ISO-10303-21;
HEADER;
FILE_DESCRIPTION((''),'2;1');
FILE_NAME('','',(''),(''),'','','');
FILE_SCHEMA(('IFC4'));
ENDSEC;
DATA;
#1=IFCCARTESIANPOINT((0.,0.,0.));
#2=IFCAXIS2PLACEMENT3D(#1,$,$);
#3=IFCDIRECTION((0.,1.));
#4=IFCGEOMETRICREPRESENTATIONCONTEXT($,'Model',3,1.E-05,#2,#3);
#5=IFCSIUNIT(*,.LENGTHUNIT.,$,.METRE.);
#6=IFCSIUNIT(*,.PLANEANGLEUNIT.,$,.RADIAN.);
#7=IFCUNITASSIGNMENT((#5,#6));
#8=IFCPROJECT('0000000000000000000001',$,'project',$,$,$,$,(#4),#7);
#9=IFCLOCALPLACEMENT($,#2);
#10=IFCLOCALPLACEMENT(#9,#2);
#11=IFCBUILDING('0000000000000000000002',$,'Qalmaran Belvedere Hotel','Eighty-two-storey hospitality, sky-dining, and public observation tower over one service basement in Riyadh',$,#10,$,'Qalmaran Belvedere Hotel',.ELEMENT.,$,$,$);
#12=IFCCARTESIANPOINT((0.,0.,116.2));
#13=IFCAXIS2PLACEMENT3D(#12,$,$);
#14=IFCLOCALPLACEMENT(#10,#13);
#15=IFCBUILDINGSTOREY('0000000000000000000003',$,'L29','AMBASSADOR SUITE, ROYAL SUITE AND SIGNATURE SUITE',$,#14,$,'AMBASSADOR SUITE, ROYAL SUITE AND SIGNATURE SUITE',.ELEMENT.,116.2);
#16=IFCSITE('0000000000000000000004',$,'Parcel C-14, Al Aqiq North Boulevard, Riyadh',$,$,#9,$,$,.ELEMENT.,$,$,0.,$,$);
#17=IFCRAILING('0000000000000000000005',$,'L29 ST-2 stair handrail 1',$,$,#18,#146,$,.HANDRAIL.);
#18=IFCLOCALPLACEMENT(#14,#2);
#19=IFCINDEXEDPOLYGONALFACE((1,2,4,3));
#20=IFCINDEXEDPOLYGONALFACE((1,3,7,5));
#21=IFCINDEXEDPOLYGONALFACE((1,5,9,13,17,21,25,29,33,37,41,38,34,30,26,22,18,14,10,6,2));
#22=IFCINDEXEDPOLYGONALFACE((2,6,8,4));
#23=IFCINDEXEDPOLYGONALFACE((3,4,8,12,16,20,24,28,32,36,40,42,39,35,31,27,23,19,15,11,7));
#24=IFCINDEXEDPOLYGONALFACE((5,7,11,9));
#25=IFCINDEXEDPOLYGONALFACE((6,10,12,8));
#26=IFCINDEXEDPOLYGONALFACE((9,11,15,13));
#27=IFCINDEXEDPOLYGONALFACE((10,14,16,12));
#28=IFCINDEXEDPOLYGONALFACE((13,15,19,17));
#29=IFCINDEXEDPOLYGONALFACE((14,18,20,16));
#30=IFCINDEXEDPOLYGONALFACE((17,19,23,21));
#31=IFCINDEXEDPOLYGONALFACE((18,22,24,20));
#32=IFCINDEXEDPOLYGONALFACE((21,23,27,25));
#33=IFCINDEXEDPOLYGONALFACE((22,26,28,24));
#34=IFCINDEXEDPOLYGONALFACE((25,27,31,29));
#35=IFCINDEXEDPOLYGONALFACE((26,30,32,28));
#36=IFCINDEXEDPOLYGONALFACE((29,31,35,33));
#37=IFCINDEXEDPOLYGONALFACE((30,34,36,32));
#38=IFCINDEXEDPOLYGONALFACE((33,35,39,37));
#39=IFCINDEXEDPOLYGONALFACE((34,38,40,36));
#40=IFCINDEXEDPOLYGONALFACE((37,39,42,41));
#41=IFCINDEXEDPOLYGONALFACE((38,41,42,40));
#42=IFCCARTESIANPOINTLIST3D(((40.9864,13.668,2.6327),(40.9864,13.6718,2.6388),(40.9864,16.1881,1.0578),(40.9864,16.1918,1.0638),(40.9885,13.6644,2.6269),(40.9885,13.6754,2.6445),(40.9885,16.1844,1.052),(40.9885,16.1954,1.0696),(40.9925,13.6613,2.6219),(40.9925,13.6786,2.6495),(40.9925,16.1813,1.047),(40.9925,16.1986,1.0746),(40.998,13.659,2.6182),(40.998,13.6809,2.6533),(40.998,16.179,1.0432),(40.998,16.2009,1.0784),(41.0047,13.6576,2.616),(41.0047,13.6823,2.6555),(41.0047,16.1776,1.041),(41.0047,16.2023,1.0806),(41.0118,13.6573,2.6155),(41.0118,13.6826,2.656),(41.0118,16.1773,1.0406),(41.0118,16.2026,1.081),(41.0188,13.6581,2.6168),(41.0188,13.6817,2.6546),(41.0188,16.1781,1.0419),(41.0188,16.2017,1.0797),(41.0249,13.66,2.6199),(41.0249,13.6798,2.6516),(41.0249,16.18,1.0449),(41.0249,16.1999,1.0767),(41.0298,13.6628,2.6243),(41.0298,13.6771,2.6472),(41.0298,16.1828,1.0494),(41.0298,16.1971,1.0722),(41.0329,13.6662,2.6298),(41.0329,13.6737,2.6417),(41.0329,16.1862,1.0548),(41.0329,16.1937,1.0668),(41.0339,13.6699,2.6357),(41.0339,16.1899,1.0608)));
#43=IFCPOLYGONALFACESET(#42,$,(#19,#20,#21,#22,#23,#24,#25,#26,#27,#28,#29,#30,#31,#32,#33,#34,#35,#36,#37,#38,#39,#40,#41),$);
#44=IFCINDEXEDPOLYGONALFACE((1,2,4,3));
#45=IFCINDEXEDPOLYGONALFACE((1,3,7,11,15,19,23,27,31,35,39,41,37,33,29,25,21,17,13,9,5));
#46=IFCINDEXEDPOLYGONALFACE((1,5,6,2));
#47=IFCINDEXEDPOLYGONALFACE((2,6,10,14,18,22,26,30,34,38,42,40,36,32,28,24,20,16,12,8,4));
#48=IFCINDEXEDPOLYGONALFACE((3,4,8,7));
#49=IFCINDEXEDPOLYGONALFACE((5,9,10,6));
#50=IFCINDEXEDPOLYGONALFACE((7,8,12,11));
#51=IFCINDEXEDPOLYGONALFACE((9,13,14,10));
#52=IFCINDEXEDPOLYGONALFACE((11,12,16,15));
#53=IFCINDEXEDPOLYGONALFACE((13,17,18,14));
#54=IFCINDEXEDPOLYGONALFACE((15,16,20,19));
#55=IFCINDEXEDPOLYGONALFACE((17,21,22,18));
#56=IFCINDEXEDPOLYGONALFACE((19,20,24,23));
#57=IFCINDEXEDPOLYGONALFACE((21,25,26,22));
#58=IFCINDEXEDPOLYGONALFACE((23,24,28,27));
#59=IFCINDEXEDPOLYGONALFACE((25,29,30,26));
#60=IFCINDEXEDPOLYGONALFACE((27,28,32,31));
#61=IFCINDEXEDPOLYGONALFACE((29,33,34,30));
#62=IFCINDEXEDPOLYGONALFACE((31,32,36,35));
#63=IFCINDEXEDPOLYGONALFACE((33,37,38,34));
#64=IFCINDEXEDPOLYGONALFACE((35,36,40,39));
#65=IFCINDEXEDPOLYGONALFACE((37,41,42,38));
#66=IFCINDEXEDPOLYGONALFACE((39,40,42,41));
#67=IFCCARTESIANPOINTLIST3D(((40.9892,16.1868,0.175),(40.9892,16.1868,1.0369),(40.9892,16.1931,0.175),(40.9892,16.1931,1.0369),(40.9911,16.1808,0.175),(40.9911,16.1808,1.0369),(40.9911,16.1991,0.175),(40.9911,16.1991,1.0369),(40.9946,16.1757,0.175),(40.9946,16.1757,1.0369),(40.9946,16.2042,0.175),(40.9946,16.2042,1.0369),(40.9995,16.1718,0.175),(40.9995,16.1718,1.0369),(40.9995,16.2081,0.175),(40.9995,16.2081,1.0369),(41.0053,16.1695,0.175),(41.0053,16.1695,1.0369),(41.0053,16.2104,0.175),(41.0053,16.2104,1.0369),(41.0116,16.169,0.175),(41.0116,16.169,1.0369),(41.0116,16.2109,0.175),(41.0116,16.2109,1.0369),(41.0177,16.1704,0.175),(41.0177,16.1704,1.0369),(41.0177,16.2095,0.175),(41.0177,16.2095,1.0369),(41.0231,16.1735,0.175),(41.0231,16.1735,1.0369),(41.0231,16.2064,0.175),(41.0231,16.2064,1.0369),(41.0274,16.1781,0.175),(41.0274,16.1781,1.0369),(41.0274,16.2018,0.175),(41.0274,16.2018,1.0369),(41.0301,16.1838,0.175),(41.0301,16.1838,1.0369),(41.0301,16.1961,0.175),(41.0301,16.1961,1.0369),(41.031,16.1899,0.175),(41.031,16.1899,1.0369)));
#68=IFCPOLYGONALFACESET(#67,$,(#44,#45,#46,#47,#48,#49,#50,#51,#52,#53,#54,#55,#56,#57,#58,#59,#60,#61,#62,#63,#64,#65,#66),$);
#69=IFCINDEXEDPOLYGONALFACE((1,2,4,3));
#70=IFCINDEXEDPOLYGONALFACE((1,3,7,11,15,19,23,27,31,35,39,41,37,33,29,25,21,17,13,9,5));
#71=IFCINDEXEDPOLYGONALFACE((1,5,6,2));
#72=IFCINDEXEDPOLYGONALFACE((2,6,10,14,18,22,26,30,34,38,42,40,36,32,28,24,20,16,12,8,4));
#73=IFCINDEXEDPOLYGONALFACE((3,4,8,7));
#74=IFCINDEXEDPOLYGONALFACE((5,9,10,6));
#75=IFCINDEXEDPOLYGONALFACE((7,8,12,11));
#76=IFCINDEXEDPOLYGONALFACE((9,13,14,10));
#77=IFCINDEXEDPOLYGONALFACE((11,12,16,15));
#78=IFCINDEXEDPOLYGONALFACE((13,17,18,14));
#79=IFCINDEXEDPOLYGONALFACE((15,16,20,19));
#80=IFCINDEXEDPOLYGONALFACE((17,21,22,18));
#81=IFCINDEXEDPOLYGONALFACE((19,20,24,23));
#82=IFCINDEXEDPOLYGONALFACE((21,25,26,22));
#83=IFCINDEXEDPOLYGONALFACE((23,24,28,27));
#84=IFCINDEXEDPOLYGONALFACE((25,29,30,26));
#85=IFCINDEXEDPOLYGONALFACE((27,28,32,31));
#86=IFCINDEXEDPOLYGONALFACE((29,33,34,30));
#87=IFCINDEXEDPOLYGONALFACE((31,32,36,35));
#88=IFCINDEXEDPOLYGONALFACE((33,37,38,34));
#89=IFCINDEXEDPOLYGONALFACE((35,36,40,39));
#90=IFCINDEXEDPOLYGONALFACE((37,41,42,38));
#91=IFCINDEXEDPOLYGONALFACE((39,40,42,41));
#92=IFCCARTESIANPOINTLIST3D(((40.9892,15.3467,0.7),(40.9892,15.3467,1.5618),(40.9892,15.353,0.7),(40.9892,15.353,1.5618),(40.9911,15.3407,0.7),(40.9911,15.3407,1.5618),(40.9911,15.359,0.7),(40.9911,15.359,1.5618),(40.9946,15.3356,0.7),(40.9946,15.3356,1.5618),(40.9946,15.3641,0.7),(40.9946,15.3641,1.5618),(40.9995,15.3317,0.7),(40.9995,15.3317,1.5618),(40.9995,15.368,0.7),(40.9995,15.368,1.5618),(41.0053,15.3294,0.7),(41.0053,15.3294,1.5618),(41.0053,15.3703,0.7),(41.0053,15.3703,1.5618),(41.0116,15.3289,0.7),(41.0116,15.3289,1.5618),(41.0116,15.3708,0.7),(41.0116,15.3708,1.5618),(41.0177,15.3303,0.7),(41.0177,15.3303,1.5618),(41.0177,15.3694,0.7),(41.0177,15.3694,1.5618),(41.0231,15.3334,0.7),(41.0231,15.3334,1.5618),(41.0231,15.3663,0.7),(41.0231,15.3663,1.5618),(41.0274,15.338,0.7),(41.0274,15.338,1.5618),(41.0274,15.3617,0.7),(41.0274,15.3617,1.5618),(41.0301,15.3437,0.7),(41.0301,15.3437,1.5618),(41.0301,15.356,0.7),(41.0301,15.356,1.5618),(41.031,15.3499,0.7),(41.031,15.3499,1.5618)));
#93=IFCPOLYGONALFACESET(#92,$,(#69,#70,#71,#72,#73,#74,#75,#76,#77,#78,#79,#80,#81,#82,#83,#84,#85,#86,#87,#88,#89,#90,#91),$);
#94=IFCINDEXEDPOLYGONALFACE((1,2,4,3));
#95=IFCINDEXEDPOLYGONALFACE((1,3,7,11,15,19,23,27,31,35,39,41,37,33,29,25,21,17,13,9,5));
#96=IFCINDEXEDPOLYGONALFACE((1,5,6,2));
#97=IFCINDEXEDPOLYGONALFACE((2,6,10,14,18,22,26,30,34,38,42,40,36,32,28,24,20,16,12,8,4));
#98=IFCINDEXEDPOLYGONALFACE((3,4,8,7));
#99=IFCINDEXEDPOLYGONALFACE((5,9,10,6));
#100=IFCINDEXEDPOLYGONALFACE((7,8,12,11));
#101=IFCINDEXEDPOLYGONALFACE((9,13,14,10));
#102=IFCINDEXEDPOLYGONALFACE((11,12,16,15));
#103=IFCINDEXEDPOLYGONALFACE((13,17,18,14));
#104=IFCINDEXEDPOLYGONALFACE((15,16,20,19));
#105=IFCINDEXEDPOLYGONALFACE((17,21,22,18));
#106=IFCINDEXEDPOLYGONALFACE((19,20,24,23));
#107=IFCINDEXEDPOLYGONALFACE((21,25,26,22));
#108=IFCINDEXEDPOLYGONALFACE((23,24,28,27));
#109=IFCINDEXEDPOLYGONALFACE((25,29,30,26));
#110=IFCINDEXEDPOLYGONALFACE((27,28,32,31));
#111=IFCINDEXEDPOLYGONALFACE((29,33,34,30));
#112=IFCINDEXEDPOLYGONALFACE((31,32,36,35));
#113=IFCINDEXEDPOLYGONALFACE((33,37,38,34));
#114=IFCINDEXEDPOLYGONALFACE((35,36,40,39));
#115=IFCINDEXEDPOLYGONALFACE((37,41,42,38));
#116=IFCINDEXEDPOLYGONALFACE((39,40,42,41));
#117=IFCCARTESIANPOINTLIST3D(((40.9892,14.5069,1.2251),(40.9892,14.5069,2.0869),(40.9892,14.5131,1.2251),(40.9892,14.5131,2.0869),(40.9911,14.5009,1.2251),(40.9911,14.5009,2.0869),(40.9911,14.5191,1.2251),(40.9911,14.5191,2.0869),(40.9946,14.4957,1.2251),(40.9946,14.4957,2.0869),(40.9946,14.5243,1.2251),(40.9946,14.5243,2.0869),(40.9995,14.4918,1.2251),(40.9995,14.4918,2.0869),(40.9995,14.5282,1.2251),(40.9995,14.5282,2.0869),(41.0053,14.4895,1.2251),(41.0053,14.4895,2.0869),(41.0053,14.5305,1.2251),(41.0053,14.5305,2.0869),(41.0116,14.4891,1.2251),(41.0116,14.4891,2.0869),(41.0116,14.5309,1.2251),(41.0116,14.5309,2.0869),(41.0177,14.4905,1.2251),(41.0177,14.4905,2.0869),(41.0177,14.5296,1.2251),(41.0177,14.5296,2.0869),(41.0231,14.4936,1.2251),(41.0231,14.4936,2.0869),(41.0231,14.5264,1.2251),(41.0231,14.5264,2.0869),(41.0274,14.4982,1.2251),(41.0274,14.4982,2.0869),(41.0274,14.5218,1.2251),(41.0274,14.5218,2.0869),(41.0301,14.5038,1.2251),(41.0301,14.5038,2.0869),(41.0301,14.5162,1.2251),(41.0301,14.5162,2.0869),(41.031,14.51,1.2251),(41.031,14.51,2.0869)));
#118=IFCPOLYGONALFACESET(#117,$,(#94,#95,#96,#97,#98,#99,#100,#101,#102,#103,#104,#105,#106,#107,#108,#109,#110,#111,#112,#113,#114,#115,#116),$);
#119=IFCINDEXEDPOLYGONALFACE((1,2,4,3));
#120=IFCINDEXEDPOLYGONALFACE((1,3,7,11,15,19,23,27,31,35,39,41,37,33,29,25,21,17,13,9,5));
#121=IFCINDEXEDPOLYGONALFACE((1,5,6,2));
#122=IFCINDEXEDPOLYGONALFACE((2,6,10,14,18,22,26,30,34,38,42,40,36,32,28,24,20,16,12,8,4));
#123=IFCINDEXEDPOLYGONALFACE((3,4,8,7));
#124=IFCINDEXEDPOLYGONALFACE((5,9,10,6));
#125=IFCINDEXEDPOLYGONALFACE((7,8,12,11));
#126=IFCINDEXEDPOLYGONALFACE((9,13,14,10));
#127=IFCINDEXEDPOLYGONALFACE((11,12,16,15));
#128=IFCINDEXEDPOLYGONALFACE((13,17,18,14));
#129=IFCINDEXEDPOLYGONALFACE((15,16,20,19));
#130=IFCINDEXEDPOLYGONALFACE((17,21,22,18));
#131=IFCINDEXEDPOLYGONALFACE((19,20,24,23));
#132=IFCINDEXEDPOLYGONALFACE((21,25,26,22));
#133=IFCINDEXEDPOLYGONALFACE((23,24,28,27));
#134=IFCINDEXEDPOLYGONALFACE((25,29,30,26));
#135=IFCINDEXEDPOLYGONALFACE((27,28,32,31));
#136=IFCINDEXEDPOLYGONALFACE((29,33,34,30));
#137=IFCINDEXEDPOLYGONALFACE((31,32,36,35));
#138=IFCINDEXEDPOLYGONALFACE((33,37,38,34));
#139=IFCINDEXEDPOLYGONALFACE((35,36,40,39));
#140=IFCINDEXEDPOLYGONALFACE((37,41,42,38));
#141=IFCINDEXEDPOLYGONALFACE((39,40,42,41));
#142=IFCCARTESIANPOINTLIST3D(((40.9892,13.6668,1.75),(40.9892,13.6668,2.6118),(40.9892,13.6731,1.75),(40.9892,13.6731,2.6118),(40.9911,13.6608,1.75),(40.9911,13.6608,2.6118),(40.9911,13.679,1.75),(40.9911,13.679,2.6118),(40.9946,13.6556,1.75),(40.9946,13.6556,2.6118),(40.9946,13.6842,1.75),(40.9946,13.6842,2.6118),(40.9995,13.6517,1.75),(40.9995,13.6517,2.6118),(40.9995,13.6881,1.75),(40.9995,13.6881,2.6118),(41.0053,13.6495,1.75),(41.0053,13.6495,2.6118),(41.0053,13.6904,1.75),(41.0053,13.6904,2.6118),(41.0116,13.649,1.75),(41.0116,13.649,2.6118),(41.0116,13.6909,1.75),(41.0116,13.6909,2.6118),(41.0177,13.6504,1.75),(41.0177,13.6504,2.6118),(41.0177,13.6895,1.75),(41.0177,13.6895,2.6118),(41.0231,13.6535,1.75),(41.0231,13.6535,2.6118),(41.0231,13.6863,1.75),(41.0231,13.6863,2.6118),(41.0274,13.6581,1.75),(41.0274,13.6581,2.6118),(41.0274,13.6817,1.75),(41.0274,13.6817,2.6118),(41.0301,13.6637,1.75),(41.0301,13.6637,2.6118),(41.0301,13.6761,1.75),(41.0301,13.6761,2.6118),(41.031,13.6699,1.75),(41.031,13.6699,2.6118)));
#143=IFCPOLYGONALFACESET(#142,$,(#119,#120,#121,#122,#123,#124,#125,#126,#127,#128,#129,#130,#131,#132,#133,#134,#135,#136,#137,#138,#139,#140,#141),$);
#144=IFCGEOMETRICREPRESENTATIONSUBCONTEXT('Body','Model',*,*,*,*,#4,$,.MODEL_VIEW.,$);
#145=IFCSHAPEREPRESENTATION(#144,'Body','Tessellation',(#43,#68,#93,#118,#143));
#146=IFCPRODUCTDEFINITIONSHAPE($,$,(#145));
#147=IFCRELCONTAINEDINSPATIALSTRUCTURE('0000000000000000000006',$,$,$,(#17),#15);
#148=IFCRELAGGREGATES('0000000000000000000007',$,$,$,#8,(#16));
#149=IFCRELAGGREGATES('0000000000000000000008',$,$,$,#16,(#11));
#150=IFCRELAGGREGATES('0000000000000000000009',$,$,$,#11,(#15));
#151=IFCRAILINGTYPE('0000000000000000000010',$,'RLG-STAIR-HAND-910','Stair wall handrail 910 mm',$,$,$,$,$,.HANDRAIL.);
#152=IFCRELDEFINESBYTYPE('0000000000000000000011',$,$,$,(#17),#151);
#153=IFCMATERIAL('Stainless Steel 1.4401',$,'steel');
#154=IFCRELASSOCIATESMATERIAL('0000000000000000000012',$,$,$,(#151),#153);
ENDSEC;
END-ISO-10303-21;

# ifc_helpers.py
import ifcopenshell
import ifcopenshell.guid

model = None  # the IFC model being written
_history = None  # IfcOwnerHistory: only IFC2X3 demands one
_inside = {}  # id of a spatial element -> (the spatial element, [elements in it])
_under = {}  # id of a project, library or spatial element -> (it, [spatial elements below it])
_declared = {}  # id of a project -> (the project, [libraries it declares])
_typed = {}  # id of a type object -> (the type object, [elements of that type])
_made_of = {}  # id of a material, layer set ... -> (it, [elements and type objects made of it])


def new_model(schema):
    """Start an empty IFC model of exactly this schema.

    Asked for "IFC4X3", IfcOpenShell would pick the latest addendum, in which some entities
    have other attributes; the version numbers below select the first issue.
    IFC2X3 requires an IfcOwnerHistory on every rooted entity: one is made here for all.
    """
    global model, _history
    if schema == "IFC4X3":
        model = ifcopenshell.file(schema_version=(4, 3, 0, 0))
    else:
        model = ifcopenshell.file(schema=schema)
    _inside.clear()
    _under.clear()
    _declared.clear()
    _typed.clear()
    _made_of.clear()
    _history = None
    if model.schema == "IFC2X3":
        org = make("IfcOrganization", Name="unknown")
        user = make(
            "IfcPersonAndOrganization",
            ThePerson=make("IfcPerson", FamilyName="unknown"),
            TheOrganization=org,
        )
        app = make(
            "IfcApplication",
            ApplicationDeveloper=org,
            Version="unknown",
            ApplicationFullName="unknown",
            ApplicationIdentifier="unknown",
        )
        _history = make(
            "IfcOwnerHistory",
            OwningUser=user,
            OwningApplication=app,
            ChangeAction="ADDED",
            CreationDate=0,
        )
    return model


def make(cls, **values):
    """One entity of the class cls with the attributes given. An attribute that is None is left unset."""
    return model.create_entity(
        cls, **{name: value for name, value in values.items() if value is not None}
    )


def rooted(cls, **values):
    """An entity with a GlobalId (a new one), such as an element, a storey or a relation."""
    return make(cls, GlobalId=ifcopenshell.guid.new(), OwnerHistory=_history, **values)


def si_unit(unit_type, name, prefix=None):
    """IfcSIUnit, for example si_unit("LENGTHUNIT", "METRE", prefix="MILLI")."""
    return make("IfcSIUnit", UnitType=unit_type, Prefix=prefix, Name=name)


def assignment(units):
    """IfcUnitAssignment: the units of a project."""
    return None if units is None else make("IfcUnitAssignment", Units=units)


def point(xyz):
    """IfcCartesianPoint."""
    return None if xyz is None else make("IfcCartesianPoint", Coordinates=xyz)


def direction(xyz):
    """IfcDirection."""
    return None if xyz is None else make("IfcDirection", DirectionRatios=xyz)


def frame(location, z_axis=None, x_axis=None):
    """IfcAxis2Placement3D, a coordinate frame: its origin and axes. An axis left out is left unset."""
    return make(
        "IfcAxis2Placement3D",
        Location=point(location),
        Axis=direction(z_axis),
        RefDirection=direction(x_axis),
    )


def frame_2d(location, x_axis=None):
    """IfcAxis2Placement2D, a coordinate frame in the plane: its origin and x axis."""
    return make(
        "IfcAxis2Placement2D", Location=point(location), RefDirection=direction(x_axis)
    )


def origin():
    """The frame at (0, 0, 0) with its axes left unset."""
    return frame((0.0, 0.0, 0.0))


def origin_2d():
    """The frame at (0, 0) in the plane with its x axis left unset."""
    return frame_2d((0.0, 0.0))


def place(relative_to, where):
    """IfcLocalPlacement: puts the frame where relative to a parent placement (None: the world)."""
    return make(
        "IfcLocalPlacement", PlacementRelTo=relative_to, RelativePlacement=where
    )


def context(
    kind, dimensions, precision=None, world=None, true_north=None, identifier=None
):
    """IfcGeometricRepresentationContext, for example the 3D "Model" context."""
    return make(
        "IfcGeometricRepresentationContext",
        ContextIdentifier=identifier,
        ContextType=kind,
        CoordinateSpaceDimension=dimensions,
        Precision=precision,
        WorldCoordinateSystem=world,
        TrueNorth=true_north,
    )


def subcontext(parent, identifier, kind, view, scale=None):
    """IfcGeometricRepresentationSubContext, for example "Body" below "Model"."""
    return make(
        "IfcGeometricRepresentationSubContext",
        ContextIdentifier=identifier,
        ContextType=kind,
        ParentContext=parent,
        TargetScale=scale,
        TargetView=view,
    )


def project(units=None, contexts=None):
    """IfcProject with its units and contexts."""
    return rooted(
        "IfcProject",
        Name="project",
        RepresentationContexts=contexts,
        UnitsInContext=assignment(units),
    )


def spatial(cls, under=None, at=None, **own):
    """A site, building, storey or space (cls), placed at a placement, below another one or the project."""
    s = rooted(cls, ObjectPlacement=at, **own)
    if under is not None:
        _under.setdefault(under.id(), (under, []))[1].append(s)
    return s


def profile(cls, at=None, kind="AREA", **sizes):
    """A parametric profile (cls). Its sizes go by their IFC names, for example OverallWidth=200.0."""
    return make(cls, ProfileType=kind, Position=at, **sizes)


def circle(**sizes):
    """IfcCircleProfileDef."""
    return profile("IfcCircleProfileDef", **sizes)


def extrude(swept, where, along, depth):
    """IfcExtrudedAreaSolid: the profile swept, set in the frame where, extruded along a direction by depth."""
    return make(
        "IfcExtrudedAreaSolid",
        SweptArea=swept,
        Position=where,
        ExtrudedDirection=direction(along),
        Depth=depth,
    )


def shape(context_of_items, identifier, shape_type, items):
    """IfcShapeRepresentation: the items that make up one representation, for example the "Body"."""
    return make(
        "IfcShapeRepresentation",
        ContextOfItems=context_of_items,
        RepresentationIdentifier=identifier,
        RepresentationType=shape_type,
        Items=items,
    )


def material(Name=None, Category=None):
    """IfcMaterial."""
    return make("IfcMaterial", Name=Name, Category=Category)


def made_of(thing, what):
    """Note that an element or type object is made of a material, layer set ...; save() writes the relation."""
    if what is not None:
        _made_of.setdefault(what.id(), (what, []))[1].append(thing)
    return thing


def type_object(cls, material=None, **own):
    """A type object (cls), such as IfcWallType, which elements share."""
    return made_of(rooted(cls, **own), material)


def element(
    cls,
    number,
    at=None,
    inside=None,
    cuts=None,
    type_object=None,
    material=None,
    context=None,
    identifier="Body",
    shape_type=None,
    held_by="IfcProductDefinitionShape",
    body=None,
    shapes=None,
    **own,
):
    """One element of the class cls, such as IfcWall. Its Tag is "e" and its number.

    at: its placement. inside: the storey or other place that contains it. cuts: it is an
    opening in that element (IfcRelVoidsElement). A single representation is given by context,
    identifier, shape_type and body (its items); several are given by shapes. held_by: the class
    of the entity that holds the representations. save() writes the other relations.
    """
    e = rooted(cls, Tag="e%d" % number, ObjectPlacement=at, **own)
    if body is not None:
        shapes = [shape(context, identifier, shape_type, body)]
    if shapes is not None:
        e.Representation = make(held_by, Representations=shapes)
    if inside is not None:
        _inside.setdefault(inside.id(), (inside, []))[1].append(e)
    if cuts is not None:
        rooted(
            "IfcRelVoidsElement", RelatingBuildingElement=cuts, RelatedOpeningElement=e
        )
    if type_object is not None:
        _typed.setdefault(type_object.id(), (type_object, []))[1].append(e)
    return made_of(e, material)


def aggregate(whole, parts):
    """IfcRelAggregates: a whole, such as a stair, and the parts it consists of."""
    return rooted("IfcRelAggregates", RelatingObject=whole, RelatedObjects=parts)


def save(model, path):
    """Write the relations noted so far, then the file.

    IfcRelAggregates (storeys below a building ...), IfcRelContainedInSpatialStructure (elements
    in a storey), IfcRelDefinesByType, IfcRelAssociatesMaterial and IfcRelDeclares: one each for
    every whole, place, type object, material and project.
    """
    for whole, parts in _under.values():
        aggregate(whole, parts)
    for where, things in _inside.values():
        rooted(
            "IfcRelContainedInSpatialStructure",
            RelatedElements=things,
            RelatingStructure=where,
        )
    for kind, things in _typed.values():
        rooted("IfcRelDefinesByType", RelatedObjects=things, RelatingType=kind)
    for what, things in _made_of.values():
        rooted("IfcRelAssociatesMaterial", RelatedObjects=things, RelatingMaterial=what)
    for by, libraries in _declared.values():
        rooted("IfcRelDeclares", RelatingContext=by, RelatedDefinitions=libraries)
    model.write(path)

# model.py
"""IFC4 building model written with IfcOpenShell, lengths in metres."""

from ifc_helpers import new_model, si_unit, direction, frame, origin, origin_2d, place, context, subcontext, project, spatial, circle, extrude, material, type_object, element, save


model = new_model("IFC4")

# Units and contexts
model_context = context("Model", 3, precision=1e-05, world=origin(), true_north=direction((0.0, 1.0)))
body_context = subcontext(model_context, "Body", "Model", "MODEL_VIEW")
ifc_project = project(units=[si_unit("LENGTHUNIT", "METRE"), si_unit("PLANEANGLEUNIT", "RADIAN")], contexts=[model_context])

# Site, building, storey
site_placement = place(None, origin())
site = spatial("IfcSite", under=ifc_project, at=site_placement, Name="Parcel C-14, Al Aqiq North Boulevard, Riyadh", CompositionType="ELEMENT", RefElevation=0.0)
building_placement = place(site_placement, origin())
building = spatial("IfcBuilding", under=site, at=building_placement, Name="Qalmaran Belvedere Hotel", Description="Eighty-two-storey hospitality, sky-dining, and public observation tower over one service basement in Riyadh", LongName="Qalmaran Belvedere Hotel", CompositionType="ELEMENT")
storey_placement = place(building_placement, frame((0.0, 0.0, 116.2)))
storey = spatial("IfcBuildingStorey", under=building, at=storey_placement, Name="L29", Description="AMBASSADOR SUITE, ROYAL SUITE AND SIGNATURE SUITE", LongName="AMBASSADOR SUITE, ROYAL SUITE AND SIGNATURE SUITE", CompositionType="ELEMENT", Elevation=116.2)

# Shared definitions
ifc_material_1 = material(Name="Stainless Steel 1.4401", Category="steel")

# Railing
railing_type_1 = type_object("IfcRailingType", Name="RLG-STAIR-HAND-910", Description="Stair wall handrail 910 mm", PredefinedType="HANDRAIL", material=ifc_material_1)
railing_1_placement = place(storey_placement, frame((41.01, 16.1899, 0.175)))
element("IfcRailing", 1, at=railing_1_placement, inside=storey, type_object=railing_type_1, Name="L29 ST-2 stair handrail 1", PredefinedType="HANDRAIL", context=body_context, shape_type="SweptSolid", body=[
    extrude(circle(Radius=0.0239, at=origin_2d()), frame((0.0, 0.0, 0.8857), z_axis=(0.0, -0.848008, 0.529984), x_axis=(1.0, 0.0, 0.0)), (0.0, 0.0, 1.0), 2.9717),
    extrude(circle(Radius=0.021, at=origin_2d()), origin(), (0.0, 0.0, 1.0), 0.8618),
    extrude(circle(Radius=0.021, at=origin_2d()), frame((0.0, -0.8401, 0.5249)), (0.0, 0.0, 1.0), 0.8618),
    extrude(circle(Radius=0.021, at=origin_2d()), frame((0.0, -1.6799, 1.05)), (0.0, 0.0, 1.0), 0.8618),
    extrude(circle(Radius=0.021, at=origin_2d()), frame((0.0, -2.52, 1.575)), (0.0, 0.0, 1.0), 0.8618),
])

save(model, "model.ifc")
